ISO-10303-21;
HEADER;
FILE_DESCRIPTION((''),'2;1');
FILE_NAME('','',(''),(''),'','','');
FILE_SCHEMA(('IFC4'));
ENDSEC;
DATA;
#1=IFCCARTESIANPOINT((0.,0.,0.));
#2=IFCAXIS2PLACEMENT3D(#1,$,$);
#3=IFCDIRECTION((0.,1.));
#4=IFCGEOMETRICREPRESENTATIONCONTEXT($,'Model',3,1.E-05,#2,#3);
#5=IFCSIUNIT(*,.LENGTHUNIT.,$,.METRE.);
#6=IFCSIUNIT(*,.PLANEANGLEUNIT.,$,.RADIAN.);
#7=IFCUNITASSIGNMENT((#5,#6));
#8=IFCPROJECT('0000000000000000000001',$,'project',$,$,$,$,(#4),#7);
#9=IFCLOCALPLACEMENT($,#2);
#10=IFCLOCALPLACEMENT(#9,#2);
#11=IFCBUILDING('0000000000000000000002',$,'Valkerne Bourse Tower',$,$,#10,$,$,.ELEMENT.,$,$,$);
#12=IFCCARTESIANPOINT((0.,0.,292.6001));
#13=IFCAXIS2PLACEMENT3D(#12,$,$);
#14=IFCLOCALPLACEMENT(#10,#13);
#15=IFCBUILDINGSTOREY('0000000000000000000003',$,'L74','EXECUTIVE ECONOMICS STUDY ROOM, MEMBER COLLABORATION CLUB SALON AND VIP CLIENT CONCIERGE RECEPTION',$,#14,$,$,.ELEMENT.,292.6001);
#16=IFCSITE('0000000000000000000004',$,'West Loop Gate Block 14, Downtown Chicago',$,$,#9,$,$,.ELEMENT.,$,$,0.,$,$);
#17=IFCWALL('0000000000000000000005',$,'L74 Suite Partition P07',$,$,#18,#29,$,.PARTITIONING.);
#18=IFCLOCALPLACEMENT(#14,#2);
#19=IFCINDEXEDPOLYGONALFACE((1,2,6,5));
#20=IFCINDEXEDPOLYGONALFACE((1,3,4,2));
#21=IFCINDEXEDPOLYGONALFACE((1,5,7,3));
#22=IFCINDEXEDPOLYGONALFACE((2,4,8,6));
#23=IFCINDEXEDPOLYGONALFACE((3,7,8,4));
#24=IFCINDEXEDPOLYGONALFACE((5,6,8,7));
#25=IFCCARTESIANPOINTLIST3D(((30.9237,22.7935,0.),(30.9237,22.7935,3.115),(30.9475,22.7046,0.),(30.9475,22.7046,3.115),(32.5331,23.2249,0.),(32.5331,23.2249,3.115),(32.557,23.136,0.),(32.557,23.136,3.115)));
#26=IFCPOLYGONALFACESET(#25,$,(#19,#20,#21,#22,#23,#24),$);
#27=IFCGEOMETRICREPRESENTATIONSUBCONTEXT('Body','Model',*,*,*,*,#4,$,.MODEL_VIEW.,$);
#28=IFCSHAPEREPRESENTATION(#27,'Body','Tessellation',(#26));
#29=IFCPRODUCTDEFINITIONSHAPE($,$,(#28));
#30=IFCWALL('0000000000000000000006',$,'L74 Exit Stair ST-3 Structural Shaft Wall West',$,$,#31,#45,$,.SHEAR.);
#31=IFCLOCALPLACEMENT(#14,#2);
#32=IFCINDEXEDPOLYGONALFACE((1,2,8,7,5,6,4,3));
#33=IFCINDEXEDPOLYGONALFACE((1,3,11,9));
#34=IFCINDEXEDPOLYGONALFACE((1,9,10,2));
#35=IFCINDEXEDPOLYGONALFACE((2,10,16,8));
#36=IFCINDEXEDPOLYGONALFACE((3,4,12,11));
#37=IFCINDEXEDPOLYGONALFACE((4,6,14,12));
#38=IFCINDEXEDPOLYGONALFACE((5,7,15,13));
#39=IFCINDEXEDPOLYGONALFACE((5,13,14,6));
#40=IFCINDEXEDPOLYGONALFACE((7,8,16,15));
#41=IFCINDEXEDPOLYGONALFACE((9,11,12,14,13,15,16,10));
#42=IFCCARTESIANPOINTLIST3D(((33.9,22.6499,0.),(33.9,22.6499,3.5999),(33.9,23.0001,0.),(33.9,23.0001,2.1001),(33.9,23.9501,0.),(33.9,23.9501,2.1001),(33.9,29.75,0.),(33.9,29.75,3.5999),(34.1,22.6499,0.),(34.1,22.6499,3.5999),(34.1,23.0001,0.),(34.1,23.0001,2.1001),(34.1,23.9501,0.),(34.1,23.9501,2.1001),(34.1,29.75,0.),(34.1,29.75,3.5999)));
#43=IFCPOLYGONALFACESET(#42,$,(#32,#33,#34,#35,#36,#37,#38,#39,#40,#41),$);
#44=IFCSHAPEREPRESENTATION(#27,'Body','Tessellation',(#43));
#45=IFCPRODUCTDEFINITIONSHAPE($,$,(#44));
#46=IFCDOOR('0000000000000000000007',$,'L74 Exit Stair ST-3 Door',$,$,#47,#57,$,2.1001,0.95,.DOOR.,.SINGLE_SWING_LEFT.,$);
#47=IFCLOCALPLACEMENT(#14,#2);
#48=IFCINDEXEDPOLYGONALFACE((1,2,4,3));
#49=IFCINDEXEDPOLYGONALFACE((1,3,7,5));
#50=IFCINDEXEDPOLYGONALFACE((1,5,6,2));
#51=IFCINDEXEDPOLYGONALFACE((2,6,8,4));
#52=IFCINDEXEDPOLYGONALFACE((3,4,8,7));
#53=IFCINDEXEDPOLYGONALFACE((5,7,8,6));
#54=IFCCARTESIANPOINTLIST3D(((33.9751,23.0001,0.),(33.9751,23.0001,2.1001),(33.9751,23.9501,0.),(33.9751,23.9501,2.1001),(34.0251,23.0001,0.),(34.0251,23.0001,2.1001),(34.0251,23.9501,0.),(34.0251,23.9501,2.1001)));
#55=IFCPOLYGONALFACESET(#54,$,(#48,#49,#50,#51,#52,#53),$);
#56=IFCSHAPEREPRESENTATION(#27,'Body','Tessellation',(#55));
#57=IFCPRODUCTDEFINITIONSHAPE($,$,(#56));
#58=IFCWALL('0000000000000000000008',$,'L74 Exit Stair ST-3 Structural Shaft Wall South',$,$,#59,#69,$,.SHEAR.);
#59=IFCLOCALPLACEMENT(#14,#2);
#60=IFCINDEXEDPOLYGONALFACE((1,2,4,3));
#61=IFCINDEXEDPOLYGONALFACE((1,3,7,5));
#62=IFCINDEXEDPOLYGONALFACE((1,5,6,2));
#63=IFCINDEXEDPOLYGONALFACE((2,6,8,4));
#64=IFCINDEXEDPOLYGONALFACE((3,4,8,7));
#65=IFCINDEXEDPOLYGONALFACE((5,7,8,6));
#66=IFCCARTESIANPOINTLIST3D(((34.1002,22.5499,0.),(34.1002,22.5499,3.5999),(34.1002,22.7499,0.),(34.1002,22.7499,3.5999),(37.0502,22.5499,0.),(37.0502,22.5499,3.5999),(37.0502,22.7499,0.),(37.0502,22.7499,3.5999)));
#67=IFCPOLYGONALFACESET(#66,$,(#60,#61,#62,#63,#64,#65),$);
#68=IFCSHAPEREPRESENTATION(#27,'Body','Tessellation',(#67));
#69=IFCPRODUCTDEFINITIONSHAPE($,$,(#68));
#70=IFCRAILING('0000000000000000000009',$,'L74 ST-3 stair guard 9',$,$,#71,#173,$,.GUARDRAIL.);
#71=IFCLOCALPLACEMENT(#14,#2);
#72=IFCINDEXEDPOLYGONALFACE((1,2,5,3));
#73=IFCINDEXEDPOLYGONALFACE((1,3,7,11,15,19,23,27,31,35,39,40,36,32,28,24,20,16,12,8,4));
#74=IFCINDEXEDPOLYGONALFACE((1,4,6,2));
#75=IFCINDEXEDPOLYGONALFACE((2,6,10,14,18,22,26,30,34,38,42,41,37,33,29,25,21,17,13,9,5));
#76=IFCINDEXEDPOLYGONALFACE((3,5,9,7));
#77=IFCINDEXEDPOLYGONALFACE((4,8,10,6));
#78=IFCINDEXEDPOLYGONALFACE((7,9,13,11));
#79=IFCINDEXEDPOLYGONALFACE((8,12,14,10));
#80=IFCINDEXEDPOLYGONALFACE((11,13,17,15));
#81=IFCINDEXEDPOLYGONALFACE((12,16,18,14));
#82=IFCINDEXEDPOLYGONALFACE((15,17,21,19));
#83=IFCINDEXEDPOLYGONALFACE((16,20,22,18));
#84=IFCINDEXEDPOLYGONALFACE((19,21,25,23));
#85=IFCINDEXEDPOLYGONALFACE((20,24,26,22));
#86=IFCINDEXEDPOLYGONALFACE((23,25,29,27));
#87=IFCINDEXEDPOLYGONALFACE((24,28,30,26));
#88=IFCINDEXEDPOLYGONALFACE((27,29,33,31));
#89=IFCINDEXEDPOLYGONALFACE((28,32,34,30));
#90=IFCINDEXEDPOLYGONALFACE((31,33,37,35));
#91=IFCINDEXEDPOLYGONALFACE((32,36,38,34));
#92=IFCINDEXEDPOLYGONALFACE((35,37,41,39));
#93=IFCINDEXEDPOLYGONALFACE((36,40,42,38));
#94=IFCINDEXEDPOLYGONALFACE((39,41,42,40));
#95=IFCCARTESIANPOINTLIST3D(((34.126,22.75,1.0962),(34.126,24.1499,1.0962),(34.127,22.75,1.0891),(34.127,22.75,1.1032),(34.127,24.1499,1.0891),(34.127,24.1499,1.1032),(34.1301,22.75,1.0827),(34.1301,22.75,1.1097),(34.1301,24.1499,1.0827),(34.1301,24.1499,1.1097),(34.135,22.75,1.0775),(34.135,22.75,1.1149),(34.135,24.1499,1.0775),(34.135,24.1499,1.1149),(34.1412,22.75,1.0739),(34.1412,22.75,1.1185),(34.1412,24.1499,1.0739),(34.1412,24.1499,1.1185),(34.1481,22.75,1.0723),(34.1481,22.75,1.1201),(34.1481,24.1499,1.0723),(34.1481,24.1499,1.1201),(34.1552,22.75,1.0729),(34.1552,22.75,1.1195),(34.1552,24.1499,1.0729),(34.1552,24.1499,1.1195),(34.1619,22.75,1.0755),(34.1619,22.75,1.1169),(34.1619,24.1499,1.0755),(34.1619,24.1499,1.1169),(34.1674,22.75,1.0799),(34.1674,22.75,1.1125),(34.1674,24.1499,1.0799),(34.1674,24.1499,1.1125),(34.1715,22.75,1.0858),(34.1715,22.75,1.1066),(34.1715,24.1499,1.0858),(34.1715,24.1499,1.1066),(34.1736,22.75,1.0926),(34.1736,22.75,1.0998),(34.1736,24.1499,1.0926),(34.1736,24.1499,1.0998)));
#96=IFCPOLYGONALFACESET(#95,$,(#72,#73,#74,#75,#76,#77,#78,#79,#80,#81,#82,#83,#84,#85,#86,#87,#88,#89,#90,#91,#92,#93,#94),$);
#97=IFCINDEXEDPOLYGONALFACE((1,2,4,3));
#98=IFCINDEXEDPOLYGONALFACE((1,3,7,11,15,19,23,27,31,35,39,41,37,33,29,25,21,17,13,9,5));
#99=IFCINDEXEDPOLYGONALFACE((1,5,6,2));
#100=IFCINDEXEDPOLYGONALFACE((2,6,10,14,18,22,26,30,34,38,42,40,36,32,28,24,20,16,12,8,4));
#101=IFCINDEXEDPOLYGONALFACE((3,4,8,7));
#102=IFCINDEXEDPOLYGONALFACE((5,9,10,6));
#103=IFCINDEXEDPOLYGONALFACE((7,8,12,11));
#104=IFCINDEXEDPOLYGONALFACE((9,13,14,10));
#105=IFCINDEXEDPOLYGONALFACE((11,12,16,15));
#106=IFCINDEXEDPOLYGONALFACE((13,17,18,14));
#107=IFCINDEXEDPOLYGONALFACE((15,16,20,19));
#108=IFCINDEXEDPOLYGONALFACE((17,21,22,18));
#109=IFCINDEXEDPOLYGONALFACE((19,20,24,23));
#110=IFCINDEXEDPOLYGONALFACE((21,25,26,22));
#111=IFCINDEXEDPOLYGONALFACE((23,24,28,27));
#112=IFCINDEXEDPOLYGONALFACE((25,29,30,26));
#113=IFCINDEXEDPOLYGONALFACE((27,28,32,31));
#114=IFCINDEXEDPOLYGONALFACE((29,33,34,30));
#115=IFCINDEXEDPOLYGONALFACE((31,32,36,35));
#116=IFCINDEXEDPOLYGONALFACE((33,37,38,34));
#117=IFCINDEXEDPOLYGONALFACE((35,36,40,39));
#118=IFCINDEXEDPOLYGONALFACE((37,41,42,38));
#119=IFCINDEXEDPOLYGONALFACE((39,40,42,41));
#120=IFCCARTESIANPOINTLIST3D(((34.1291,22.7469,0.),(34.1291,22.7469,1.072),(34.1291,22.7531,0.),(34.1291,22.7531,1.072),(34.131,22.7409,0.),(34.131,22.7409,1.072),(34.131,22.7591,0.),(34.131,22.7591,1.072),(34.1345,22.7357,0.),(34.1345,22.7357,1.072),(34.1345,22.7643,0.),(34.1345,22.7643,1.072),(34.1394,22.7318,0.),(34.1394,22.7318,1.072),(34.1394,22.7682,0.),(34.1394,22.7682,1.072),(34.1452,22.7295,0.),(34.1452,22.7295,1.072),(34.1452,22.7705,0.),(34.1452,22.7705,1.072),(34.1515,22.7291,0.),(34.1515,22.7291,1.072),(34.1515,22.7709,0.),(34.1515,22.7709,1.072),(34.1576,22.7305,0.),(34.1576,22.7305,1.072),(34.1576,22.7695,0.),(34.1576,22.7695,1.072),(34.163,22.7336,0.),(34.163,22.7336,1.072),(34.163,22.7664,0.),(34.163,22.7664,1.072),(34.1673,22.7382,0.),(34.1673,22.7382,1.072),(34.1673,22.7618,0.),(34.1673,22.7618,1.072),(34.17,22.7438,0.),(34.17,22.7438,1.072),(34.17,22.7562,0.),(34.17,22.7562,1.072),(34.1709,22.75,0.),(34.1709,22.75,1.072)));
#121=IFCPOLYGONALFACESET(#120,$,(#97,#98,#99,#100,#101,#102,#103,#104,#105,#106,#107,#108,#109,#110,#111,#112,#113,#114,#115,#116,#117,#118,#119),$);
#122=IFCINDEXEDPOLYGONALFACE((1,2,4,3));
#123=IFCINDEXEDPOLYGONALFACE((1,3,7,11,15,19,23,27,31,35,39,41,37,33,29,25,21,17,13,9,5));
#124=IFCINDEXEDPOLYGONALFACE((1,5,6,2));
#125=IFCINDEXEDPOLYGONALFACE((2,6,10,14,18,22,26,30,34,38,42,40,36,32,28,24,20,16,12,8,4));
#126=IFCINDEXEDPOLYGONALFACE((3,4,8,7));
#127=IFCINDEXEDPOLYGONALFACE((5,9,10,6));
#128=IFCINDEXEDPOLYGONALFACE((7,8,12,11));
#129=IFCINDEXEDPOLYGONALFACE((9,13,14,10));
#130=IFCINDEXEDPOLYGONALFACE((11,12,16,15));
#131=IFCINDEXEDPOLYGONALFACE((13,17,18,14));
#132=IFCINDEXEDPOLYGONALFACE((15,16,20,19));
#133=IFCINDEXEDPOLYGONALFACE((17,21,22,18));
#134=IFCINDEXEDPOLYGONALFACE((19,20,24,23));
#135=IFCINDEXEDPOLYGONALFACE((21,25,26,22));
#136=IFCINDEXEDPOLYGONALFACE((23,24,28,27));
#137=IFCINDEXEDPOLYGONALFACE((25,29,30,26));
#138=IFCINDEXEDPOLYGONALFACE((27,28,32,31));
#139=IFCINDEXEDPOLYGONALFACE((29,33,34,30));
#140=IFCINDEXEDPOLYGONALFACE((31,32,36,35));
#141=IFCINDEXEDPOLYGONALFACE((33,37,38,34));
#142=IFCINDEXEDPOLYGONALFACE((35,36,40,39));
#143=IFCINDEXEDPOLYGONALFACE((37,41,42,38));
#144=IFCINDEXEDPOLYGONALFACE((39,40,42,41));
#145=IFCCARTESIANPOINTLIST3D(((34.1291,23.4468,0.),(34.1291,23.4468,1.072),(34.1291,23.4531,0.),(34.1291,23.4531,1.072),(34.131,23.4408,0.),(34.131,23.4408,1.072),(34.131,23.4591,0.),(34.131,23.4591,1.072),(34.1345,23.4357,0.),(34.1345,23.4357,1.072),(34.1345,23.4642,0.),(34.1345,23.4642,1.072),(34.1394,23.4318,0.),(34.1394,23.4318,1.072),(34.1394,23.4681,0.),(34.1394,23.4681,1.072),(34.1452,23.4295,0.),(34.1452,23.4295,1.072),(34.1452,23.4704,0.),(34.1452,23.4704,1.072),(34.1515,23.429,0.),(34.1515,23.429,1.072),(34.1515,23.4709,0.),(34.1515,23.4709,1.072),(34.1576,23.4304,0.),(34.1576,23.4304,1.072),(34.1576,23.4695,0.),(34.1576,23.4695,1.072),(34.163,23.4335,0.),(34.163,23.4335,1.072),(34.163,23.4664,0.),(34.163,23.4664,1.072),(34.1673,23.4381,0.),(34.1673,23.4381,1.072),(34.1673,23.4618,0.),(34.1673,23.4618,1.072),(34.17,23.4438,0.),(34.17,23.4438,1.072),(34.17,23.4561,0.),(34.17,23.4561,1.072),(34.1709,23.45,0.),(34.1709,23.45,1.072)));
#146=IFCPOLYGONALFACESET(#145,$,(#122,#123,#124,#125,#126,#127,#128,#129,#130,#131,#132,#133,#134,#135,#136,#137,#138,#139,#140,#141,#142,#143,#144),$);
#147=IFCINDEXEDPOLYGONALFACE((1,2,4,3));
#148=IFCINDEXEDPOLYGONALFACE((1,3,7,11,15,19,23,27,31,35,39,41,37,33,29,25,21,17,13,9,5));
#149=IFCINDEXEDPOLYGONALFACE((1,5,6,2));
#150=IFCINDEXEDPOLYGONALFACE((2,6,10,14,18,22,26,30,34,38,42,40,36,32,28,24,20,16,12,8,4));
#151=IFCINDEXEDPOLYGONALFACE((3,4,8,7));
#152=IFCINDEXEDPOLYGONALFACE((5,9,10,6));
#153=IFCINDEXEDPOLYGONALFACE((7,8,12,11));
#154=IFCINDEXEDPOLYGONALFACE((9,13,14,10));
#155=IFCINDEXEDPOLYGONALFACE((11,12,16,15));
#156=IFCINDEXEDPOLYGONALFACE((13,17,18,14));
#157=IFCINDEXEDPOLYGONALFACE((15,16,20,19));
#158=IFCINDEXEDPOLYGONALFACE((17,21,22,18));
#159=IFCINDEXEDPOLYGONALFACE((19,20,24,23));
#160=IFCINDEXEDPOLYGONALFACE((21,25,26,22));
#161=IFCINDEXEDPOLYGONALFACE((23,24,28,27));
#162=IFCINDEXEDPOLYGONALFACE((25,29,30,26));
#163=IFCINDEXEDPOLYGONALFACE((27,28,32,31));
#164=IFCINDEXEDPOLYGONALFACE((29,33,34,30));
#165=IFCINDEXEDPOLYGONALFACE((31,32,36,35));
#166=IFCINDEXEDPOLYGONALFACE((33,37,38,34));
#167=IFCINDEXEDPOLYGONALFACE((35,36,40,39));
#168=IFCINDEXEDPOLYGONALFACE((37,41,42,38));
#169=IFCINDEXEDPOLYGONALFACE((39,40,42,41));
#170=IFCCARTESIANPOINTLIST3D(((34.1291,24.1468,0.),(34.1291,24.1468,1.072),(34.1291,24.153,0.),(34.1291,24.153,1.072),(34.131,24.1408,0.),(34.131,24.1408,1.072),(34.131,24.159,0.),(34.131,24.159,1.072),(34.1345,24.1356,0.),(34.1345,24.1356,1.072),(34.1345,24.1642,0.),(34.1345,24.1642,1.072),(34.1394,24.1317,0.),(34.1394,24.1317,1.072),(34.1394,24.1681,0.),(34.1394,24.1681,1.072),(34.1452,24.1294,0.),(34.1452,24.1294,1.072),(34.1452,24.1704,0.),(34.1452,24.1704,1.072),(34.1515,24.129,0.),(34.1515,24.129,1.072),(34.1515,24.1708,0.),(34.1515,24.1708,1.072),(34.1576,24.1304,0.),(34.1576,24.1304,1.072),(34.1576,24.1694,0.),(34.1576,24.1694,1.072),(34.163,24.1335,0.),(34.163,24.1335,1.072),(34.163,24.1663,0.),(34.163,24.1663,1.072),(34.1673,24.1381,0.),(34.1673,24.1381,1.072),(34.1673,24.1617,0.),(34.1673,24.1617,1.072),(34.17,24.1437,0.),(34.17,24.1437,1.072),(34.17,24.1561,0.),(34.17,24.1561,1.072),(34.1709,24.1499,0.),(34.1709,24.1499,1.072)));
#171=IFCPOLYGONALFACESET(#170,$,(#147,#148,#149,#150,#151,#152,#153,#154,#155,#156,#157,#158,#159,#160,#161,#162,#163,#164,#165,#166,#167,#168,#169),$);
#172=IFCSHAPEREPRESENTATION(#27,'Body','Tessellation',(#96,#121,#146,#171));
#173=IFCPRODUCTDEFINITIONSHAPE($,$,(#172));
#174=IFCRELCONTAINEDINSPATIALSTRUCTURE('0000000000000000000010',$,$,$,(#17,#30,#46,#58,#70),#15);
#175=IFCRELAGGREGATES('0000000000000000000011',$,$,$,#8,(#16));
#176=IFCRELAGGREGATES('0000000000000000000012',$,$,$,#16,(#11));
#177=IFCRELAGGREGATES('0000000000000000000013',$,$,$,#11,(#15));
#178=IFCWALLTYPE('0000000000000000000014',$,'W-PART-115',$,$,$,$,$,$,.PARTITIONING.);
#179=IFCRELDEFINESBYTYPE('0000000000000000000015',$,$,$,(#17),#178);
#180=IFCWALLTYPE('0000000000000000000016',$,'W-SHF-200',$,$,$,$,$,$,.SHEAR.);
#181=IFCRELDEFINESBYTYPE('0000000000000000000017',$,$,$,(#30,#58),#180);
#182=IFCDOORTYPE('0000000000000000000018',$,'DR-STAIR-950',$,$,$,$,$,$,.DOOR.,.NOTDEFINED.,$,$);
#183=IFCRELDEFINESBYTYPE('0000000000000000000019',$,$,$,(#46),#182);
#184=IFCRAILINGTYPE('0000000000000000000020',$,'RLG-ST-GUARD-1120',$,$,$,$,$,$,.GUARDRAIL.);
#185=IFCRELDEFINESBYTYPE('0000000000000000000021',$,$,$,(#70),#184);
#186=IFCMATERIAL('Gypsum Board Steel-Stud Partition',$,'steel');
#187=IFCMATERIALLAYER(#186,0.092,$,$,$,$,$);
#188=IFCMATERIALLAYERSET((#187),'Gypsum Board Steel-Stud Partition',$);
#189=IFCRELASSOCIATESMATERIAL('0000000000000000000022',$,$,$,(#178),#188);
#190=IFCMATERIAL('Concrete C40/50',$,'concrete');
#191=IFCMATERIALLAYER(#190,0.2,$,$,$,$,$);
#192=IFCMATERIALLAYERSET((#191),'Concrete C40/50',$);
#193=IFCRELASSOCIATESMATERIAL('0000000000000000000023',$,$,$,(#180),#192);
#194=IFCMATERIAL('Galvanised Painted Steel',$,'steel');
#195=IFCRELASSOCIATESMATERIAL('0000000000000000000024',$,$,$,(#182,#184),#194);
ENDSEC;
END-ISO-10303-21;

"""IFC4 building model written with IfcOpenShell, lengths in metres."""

from ifc_helpers import new_model, si_unit, direction, frame, frame_2d, origin, origin_2d, place, context, subcontext, project, spatial, rectangle, circle, extrude, material, layer, layer_set, type_object, element, fill, save


model = new_model("IFC4")

# Units and contexts
model_context = context("Model", 3, precision=1e-05, world=origin(), true_north=direction((0.0, 1.0)))
body_context = subcontext(model_context, "Body", "Model", "MODEL_VIEW")
ifc_project = project(units=[si_unit("LENGTHUNIT", "METRE"), si_unit("PLANEANGLEUNIT", "RADIAN")], contexts=[model_context])

# Site, building, storey
site_placement = place(None, origin())
site = spatial("IfcSite", under=ifc_project, at=site_placement, Name="West Loop Gate Block 14, Downtown Chicago", CompositionType="ELEMENT", RefElevation=0.0)
building_placement = place(site_placement, origin())
building = spatial("IfcBuilding", under=site, at=building_placement, Name="Valkerne Bourse Tower", CompositionType="ELEMENT")
storey_placement = place(building_placement, frame((0.0, 0.0, 292.6001)))
storey = spatial("IfcBuildingStorey", under=building, at=storey_placement, Name="L74", Description="EXECUTIVE ECONOMICS STUDY ROOM, MEMBER COLLABORATION CLUB SALON AND VIP CLIENT CONCIERGE RECEPTION", CompositionType="ELEMENT", Elevation=292.6001)

# Shared definitions
ifc_material_1 = material(Name="Gypsum Board Steel-Stud Partition", Category="steel")

# Wall
ifc_layer_1 = layer(ifc_material_1, 0.092)
ifc_layer_set_1 = layer_set([ifc_layer_1], Name="Gypsum Board Steel-Stud Partition")
wall_type_1 = type_object("IfcWallType", Name="W-PART-115", PredefinedType="PARTITIONING", material=ifc_layer_set_1)
wall_1_placement = place(storey_placement, frame((32.5449, 23.1804, 0.0), z_axis=(0.0, 0.0, 1.0), x_axis=(-0.965901, -0.258912, 0.0)))
element("IfcWall", 1, at=wall_1_placement, inside=storey, type_object=wall_type_1, Name="L74 Suite Partition P07", PredefinedType="PARTITIONING", context=body_context, shape_type="SweptSolid", body=[
    extrude(rectangle(XDim=1.6663, YDim=0.092, at=frame_2d((0.833, 0.0))), origin(), (0.0, 0.0, 1.0), 3.115),
])

# Wall, opening, door
ifc_material_2 = material(Name="Concrete C40/50", Category="concrete")
ifc_layer_2 = layer(ifc_material_2, 0.2)
ifc_layer_set_2 = layer_set([ifc_layer_2], Name="Concrete C40/50")
wall_type_2 = type_object("IfcWallType", Name="W-SHF-200", PredefinedType="SHEAR", material=ifc_layer_set_2)
wall_2_placement = place(storey_placement, frame((34.0, 22.6499, 0.0), z_axis=(0.0, 0.0, 1.0), x_axis=(0.0, 1.0, 0.0)))
wall_2 = element("IfcWall", 2, at=wall_2_placement, inside=storey, type_object=wall_type_2, Name="L74 Exit Stair ST-3 Structural Shaft Wall West", PredefinedType="SHEAR", context=body_context, shape_type="SweptSolid", body=[
    extrude(rectangle(XDim=7.1001, YDim=0.2, at=frame_2d((3.55, 0.0))), origin(), (0.0, 0.0, 1.0), 3.5999),
])
opening_1_placement = place(wall_2_placement, frame((0.3501, 0.0, 0.0)))
opening_1 = element("IfcOpeningElement", 3, at=opening_1_placement, cuts=wall_2, PredefinedType="OPENING", context=body_context, shape_type="SweptSolid", body=[
    extrude(rectangle(XDim=0.95, YDim=2.1001, at=frame_2d((0.4751, 1.05))), frame((0.0, 0.1099, 0.0), z_axis=(0.0, -1.0, 0.0), x_axis=(1.0, 0.0, 0.0)), (0.0, 0.0, 1.0), 0.22),
])
ifc_material_3 = material(Name="Galvanised Painted Steel", Category="steel")
door_type_1 = type_object("IfcDoorType", Name="DR-STAIR-950", OperationType="NOTDEFINED", PredefinedType="DOOR", material=ifc_material_3)
door_1_placement = place(opening_1_placement, origin())
door_1 = element("IfcDoor", 4, at=door_1_placement, inside=storey, type_object=door_type_1, Name="L74 Exit Stair ST-3 Door", OperationType="SINGLE_SWING_LEFT", OverallHeight=2.1001, OverallWidth=0.95, PredefinedType="DOOR", context=body_context, shape_type="SweptSolid", body=[
    extrude(rectangle(XDim=0.95, YDim=2.1001, at=frame_2d((0.4751, 1.05))), frame((0.0, 0.0249, 0.0), z_axis=(0.0, -1.0, 0.0), x_axis=(1.0, 0.0, 0.0)), (0.0, 0.0, 1.0), 0.05),
])
fill(opening_1, door_1)

# Wall
wall_3_placement = place(storey_placement, frame((34.1001, 22.6499, 0.0), z_axis=(0.0, 0.0, 1.0), x_axis=(1.0, 0.0, 0.0)))
element("IfcWall", 5, at=wall_3_placement, inside=storey, type_object=wall_type_2, Name="L74 Exit Stair ST-3 Structural Shaft Wall South", PredefinedType="SHEAR", context=body_context, shape_type="SweptSolid", body=[
    extrude(rectangle(XDim=2.95, YDim=0.2, at=frame_2d((1.4751, 0.0))), origin(), (0.0, 0.0, 1.0), 3.5999),
])

# Railing
railing_type = type_object("IfcRailingType", Name="RLG-ST-GUARD-1120", PredefinedType="GUARDRAIL", material=ifc_material_3)
railing_1_placement = place(storey_placement, frame((34.1499, 22.75, 0.0)))
element("IfcRailing", 6, at=railing_1_placement, inside=storey, type_object=railing_type, Name="L74 ST-3 stair guard 9", PredefinedType="GUARDRAIL", context=body_context, shape_type="SweptSolid", body=[
    extrude(circle(Radius=0.0239, at=origin_2d()), frame((0.0, 0.0, 1.0962), z_axis=(0.0, 1.0, 0.0), x_axis=(-1.0, 0.0, 0.0)), (0.0, 0.0, 1.0), 1.3999),
    extrude(circle(Radius=0.021, at=origin_2d()), origin(), (0.0, 0.0, 1.0), 1.072),
    extrude(circle(Radius=0.021, at=origin_2d()), frame((0.0, 0.7, 0.0)), (0.0, 0.0, 1.0), 1.072),
    extrude(circle(Radius=0.021, at=origin_2d()), frame((0.0, 1.3999, 0.0)), (0.0, 0.0, 1.0), 1.072),
])

save(model, "model.ifc")
